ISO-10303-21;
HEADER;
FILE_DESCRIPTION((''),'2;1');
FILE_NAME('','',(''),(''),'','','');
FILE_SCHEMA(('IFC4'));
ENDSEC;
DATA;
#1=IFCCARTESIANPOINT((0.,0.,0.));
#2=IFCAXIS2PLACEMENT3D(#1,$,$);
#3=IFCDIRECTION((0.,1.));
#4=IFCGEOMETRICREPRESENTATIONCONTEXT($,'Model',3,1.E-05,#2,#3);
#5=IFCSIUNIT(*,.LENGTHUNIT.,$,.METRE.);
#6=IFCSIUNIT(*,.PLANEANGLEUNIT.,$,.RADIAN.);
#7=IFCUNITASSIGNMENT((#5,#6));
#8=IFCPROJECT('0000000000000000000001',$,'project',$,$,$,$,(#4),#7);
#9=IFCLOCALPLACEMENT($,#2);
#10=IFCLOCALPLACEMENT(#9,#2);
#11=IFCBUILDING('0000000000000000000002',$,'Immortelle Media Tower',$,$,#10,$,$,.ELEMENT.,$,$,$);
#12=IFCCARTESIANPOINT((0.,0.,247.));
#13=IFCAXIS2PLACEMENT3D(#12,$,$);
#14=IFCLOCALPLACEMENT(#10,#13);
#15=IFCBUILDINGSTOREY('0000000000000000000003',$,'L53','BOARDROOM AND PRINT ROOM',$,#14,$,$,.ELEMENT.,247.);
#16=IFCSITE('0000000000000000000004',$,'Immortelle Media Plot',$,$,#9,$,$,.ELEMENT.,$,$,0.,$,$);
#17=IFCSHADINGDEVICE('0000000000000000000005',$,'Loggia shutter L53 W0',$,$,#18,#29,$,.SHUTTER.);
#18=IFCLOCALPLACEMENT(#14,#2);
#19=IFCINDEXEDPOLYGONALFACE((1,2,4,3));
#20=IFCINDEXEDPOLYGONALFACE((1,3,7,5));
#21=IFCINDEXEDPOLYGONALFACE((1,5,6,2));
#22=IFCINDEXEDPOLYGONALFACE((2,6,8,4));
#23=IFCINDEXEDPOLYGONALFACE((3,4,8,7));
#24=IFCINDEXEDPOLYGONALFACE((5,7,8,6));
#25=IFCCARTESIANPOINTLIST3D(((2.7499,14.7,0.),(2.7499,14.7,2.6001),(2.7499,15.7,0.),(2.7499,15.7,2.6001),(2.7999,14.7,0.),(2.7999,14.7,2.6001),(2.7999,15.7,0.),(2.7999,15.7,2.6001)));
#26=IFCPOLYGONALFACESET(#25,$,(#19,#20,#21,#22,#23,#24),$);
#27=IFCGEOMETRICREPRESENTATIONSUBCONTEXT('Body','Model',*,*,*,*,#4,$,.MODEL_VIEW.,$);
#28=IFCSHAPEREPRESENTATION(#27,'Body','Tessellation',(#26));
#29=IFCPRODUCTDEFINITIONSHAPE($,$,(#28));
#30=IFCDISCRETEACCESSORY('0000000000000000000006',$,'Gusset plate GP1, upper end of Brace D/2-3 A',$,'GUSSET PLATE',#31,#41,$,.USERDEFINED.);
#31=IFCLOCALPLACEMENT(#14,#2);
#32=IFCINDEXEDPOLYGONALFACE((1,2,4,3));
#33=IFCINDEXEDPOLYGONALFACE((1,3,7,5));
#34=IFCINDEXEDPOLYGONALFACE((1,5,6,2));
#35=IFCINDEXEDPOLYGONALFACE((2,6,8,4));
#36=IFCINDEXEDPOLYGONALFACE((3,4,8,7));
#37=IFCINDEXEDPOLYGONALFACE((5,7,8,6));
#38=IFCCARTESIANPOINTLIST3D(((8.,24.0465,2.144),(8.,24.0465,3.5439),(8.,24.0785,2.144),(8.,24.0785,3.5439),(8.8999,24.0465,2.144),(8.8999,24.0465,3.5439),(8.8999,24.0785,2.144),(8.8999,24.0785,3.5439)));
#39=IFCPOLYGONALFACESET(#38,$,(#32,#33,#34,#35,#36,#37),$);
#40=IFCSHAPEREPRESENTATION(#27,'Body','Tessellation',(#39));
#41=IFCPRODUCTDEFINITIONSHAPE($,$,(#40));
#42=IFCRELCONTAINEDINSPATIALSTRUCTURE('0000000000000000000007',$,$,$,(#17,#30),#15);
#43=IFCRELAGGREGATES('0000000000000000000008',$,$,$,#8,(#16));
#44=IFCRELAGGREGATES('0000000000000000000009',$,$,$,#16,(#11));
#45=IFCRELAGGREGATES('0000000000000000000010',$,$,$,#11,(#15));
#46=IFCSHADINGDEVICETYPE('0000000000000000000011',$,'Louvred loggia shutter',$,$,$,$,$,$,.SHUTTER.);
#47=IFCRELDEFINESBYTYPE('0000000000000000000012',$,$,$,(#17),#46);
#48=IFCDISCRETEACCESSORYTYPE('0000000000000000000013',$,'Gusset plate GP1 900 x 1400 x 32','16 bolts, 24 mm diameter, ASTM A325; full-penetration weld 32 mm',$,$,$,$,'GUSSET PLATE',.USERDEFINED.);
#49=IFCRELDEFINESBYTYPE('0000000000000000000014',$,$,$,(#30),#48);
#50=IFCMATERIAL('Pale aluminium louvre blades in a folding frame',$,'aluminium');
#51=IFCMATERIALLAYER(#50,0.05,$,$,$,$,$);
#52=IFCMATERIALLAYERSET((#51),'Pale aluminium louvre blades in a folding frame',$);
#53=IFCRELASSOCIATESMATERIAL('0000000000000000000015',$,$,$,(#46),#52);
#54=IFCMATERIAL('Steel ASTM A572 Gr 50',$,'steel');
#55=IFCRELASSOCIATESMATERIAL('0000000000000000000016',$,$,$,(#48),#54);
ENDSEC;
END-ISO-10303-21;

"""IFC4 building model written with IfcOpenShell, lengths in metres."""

from ifc_helpers import new_model, si_unit, direction, frame, origin, origin_2d, place, context, subcontext, project, spatial, rectangle, extrude, material, layer, layer_set, material_profile, profile_set, type_object, element, save


model = new_model("IFC4")

# Units and contexts
model_context = context("Model", 3, precision=1e-05, world=origin(), true_north=direction((0.0, 1.0)))
body_context = subcontext(model_context, "Body", "Model", "MODEL_VIEW")
ifc_project = project(units=[si_unit("LENGTHUNIT", "METRE"), si_unit("PLANEANGLEUNIT", "RADIAN")], contexts=[model_context])

# Site, building, storey
site_placement = place(None, origin())
site = spatial("IfcSite", under=ifc_project, at=site_placement, Name="Immortelle Media Plot", CompositionType="ELEMENT", RefElevation=0.0)
building_placement = place(site_placement, origin())
building = spatial("IfcBuilding", under=site, at=building_placement, Name="Immortelle Media Tower", CompositionType="ELEMENT")
storey_placement = place(building_placement, frame((0.0, 0.0, 247.0)))
storey = spatial("IfcBuildingStorey", under=building, at=storey_placement, Name="L53", Description="BOARDROOM AND PRINT ROOM", CompositionType="ELEMENT", Elevation=247.0)

# Shading device
ifc_material_1 = material(Name="Pale aluminium louvre blades in a folding frame", Category="aluminium")
ifc_layer_1 = layer(ifc_material_1, 0.05)
ifc_layer_set_1 = layer_set([ifc_layer_1], Name="Pale aluminium louvre blades in a folding frame")
shading_device_type_1 = type_object("IfcShadingDeviceType", Name="Louvred loggia shutter", PredefinedType="SHUTTER", material=ifc_layer_set_1)
shading_device_1_placement = place(storey_placement, frame((2.7749, 15.2, 0.0), z_axis=(0.0, 0.0, 1.0), x_axis=(0.0, -1.0, 0.0)))
element("IfcShadingDevice", 1, at=shading_device_1_placement, inside=storey, type_object=shading_device_type_1, Name="Loggia shutter L53 W0", PredefinedType="SHUTTER", context=body_context, shape_type="SweptSolid", body=[
    extrude(rectangle(XDim=1.0, YDim=0.05, at=origin_2d()), origin(), (0.0, 0.0, 1.0), 2.6001),
])

# Discrete accessory
ifc_material_2 = material(Name="Steel ASTM A572 Gr 50", Category="steel")
ifc_material_profile_1 = material_profile(ifc_material_2, rectangle(XDim=0.032, YDim=1.3999, at=origin_2d()), Name="PL 32 x 1400")
ifc_profile_set_1 = profile_set([ifc_material_profile_1], Name="Steel ASTM A572 Gr 50")
discrete_accessory_type = type_object("IfcDiscreteAccessoryType", Name="Gusset plate GP1 900 x 1400 x 32", Description="16 bolts, 24 mm diameter, ASTM A325; full-penetration weld 32 mm", ElementType="GUSSET PLATE", PredefinedType="USERDEFINED", material=ifc_profile_set_1)
discrete_accessory_placement = place(storey_placement, frame((8.0, 24.0625, 2.844), z_axis=(1.0, 0.0, 0.0), x_axis=(0.0, 1.0, 0.0)))
element("IfcDiscreteAccessory", 2, at=discrete_accessory_placement, inside=storey, type_object=discrete_accessory_type, Name="Gusset plate GP1, upper end of Brace D/2-3 A", ObjectType="GUSSET PLATE", PredefinedType="USERDEFINED", context=body_context, shape_type="SweptSolid", body=[
    extrude(rectangle(XDim=0.032, YDim=1.3999, at=origin_2d()), origin(), (0.0, 0.0, 1.0), 0.8999),
])

save(model, "model.ifc")
